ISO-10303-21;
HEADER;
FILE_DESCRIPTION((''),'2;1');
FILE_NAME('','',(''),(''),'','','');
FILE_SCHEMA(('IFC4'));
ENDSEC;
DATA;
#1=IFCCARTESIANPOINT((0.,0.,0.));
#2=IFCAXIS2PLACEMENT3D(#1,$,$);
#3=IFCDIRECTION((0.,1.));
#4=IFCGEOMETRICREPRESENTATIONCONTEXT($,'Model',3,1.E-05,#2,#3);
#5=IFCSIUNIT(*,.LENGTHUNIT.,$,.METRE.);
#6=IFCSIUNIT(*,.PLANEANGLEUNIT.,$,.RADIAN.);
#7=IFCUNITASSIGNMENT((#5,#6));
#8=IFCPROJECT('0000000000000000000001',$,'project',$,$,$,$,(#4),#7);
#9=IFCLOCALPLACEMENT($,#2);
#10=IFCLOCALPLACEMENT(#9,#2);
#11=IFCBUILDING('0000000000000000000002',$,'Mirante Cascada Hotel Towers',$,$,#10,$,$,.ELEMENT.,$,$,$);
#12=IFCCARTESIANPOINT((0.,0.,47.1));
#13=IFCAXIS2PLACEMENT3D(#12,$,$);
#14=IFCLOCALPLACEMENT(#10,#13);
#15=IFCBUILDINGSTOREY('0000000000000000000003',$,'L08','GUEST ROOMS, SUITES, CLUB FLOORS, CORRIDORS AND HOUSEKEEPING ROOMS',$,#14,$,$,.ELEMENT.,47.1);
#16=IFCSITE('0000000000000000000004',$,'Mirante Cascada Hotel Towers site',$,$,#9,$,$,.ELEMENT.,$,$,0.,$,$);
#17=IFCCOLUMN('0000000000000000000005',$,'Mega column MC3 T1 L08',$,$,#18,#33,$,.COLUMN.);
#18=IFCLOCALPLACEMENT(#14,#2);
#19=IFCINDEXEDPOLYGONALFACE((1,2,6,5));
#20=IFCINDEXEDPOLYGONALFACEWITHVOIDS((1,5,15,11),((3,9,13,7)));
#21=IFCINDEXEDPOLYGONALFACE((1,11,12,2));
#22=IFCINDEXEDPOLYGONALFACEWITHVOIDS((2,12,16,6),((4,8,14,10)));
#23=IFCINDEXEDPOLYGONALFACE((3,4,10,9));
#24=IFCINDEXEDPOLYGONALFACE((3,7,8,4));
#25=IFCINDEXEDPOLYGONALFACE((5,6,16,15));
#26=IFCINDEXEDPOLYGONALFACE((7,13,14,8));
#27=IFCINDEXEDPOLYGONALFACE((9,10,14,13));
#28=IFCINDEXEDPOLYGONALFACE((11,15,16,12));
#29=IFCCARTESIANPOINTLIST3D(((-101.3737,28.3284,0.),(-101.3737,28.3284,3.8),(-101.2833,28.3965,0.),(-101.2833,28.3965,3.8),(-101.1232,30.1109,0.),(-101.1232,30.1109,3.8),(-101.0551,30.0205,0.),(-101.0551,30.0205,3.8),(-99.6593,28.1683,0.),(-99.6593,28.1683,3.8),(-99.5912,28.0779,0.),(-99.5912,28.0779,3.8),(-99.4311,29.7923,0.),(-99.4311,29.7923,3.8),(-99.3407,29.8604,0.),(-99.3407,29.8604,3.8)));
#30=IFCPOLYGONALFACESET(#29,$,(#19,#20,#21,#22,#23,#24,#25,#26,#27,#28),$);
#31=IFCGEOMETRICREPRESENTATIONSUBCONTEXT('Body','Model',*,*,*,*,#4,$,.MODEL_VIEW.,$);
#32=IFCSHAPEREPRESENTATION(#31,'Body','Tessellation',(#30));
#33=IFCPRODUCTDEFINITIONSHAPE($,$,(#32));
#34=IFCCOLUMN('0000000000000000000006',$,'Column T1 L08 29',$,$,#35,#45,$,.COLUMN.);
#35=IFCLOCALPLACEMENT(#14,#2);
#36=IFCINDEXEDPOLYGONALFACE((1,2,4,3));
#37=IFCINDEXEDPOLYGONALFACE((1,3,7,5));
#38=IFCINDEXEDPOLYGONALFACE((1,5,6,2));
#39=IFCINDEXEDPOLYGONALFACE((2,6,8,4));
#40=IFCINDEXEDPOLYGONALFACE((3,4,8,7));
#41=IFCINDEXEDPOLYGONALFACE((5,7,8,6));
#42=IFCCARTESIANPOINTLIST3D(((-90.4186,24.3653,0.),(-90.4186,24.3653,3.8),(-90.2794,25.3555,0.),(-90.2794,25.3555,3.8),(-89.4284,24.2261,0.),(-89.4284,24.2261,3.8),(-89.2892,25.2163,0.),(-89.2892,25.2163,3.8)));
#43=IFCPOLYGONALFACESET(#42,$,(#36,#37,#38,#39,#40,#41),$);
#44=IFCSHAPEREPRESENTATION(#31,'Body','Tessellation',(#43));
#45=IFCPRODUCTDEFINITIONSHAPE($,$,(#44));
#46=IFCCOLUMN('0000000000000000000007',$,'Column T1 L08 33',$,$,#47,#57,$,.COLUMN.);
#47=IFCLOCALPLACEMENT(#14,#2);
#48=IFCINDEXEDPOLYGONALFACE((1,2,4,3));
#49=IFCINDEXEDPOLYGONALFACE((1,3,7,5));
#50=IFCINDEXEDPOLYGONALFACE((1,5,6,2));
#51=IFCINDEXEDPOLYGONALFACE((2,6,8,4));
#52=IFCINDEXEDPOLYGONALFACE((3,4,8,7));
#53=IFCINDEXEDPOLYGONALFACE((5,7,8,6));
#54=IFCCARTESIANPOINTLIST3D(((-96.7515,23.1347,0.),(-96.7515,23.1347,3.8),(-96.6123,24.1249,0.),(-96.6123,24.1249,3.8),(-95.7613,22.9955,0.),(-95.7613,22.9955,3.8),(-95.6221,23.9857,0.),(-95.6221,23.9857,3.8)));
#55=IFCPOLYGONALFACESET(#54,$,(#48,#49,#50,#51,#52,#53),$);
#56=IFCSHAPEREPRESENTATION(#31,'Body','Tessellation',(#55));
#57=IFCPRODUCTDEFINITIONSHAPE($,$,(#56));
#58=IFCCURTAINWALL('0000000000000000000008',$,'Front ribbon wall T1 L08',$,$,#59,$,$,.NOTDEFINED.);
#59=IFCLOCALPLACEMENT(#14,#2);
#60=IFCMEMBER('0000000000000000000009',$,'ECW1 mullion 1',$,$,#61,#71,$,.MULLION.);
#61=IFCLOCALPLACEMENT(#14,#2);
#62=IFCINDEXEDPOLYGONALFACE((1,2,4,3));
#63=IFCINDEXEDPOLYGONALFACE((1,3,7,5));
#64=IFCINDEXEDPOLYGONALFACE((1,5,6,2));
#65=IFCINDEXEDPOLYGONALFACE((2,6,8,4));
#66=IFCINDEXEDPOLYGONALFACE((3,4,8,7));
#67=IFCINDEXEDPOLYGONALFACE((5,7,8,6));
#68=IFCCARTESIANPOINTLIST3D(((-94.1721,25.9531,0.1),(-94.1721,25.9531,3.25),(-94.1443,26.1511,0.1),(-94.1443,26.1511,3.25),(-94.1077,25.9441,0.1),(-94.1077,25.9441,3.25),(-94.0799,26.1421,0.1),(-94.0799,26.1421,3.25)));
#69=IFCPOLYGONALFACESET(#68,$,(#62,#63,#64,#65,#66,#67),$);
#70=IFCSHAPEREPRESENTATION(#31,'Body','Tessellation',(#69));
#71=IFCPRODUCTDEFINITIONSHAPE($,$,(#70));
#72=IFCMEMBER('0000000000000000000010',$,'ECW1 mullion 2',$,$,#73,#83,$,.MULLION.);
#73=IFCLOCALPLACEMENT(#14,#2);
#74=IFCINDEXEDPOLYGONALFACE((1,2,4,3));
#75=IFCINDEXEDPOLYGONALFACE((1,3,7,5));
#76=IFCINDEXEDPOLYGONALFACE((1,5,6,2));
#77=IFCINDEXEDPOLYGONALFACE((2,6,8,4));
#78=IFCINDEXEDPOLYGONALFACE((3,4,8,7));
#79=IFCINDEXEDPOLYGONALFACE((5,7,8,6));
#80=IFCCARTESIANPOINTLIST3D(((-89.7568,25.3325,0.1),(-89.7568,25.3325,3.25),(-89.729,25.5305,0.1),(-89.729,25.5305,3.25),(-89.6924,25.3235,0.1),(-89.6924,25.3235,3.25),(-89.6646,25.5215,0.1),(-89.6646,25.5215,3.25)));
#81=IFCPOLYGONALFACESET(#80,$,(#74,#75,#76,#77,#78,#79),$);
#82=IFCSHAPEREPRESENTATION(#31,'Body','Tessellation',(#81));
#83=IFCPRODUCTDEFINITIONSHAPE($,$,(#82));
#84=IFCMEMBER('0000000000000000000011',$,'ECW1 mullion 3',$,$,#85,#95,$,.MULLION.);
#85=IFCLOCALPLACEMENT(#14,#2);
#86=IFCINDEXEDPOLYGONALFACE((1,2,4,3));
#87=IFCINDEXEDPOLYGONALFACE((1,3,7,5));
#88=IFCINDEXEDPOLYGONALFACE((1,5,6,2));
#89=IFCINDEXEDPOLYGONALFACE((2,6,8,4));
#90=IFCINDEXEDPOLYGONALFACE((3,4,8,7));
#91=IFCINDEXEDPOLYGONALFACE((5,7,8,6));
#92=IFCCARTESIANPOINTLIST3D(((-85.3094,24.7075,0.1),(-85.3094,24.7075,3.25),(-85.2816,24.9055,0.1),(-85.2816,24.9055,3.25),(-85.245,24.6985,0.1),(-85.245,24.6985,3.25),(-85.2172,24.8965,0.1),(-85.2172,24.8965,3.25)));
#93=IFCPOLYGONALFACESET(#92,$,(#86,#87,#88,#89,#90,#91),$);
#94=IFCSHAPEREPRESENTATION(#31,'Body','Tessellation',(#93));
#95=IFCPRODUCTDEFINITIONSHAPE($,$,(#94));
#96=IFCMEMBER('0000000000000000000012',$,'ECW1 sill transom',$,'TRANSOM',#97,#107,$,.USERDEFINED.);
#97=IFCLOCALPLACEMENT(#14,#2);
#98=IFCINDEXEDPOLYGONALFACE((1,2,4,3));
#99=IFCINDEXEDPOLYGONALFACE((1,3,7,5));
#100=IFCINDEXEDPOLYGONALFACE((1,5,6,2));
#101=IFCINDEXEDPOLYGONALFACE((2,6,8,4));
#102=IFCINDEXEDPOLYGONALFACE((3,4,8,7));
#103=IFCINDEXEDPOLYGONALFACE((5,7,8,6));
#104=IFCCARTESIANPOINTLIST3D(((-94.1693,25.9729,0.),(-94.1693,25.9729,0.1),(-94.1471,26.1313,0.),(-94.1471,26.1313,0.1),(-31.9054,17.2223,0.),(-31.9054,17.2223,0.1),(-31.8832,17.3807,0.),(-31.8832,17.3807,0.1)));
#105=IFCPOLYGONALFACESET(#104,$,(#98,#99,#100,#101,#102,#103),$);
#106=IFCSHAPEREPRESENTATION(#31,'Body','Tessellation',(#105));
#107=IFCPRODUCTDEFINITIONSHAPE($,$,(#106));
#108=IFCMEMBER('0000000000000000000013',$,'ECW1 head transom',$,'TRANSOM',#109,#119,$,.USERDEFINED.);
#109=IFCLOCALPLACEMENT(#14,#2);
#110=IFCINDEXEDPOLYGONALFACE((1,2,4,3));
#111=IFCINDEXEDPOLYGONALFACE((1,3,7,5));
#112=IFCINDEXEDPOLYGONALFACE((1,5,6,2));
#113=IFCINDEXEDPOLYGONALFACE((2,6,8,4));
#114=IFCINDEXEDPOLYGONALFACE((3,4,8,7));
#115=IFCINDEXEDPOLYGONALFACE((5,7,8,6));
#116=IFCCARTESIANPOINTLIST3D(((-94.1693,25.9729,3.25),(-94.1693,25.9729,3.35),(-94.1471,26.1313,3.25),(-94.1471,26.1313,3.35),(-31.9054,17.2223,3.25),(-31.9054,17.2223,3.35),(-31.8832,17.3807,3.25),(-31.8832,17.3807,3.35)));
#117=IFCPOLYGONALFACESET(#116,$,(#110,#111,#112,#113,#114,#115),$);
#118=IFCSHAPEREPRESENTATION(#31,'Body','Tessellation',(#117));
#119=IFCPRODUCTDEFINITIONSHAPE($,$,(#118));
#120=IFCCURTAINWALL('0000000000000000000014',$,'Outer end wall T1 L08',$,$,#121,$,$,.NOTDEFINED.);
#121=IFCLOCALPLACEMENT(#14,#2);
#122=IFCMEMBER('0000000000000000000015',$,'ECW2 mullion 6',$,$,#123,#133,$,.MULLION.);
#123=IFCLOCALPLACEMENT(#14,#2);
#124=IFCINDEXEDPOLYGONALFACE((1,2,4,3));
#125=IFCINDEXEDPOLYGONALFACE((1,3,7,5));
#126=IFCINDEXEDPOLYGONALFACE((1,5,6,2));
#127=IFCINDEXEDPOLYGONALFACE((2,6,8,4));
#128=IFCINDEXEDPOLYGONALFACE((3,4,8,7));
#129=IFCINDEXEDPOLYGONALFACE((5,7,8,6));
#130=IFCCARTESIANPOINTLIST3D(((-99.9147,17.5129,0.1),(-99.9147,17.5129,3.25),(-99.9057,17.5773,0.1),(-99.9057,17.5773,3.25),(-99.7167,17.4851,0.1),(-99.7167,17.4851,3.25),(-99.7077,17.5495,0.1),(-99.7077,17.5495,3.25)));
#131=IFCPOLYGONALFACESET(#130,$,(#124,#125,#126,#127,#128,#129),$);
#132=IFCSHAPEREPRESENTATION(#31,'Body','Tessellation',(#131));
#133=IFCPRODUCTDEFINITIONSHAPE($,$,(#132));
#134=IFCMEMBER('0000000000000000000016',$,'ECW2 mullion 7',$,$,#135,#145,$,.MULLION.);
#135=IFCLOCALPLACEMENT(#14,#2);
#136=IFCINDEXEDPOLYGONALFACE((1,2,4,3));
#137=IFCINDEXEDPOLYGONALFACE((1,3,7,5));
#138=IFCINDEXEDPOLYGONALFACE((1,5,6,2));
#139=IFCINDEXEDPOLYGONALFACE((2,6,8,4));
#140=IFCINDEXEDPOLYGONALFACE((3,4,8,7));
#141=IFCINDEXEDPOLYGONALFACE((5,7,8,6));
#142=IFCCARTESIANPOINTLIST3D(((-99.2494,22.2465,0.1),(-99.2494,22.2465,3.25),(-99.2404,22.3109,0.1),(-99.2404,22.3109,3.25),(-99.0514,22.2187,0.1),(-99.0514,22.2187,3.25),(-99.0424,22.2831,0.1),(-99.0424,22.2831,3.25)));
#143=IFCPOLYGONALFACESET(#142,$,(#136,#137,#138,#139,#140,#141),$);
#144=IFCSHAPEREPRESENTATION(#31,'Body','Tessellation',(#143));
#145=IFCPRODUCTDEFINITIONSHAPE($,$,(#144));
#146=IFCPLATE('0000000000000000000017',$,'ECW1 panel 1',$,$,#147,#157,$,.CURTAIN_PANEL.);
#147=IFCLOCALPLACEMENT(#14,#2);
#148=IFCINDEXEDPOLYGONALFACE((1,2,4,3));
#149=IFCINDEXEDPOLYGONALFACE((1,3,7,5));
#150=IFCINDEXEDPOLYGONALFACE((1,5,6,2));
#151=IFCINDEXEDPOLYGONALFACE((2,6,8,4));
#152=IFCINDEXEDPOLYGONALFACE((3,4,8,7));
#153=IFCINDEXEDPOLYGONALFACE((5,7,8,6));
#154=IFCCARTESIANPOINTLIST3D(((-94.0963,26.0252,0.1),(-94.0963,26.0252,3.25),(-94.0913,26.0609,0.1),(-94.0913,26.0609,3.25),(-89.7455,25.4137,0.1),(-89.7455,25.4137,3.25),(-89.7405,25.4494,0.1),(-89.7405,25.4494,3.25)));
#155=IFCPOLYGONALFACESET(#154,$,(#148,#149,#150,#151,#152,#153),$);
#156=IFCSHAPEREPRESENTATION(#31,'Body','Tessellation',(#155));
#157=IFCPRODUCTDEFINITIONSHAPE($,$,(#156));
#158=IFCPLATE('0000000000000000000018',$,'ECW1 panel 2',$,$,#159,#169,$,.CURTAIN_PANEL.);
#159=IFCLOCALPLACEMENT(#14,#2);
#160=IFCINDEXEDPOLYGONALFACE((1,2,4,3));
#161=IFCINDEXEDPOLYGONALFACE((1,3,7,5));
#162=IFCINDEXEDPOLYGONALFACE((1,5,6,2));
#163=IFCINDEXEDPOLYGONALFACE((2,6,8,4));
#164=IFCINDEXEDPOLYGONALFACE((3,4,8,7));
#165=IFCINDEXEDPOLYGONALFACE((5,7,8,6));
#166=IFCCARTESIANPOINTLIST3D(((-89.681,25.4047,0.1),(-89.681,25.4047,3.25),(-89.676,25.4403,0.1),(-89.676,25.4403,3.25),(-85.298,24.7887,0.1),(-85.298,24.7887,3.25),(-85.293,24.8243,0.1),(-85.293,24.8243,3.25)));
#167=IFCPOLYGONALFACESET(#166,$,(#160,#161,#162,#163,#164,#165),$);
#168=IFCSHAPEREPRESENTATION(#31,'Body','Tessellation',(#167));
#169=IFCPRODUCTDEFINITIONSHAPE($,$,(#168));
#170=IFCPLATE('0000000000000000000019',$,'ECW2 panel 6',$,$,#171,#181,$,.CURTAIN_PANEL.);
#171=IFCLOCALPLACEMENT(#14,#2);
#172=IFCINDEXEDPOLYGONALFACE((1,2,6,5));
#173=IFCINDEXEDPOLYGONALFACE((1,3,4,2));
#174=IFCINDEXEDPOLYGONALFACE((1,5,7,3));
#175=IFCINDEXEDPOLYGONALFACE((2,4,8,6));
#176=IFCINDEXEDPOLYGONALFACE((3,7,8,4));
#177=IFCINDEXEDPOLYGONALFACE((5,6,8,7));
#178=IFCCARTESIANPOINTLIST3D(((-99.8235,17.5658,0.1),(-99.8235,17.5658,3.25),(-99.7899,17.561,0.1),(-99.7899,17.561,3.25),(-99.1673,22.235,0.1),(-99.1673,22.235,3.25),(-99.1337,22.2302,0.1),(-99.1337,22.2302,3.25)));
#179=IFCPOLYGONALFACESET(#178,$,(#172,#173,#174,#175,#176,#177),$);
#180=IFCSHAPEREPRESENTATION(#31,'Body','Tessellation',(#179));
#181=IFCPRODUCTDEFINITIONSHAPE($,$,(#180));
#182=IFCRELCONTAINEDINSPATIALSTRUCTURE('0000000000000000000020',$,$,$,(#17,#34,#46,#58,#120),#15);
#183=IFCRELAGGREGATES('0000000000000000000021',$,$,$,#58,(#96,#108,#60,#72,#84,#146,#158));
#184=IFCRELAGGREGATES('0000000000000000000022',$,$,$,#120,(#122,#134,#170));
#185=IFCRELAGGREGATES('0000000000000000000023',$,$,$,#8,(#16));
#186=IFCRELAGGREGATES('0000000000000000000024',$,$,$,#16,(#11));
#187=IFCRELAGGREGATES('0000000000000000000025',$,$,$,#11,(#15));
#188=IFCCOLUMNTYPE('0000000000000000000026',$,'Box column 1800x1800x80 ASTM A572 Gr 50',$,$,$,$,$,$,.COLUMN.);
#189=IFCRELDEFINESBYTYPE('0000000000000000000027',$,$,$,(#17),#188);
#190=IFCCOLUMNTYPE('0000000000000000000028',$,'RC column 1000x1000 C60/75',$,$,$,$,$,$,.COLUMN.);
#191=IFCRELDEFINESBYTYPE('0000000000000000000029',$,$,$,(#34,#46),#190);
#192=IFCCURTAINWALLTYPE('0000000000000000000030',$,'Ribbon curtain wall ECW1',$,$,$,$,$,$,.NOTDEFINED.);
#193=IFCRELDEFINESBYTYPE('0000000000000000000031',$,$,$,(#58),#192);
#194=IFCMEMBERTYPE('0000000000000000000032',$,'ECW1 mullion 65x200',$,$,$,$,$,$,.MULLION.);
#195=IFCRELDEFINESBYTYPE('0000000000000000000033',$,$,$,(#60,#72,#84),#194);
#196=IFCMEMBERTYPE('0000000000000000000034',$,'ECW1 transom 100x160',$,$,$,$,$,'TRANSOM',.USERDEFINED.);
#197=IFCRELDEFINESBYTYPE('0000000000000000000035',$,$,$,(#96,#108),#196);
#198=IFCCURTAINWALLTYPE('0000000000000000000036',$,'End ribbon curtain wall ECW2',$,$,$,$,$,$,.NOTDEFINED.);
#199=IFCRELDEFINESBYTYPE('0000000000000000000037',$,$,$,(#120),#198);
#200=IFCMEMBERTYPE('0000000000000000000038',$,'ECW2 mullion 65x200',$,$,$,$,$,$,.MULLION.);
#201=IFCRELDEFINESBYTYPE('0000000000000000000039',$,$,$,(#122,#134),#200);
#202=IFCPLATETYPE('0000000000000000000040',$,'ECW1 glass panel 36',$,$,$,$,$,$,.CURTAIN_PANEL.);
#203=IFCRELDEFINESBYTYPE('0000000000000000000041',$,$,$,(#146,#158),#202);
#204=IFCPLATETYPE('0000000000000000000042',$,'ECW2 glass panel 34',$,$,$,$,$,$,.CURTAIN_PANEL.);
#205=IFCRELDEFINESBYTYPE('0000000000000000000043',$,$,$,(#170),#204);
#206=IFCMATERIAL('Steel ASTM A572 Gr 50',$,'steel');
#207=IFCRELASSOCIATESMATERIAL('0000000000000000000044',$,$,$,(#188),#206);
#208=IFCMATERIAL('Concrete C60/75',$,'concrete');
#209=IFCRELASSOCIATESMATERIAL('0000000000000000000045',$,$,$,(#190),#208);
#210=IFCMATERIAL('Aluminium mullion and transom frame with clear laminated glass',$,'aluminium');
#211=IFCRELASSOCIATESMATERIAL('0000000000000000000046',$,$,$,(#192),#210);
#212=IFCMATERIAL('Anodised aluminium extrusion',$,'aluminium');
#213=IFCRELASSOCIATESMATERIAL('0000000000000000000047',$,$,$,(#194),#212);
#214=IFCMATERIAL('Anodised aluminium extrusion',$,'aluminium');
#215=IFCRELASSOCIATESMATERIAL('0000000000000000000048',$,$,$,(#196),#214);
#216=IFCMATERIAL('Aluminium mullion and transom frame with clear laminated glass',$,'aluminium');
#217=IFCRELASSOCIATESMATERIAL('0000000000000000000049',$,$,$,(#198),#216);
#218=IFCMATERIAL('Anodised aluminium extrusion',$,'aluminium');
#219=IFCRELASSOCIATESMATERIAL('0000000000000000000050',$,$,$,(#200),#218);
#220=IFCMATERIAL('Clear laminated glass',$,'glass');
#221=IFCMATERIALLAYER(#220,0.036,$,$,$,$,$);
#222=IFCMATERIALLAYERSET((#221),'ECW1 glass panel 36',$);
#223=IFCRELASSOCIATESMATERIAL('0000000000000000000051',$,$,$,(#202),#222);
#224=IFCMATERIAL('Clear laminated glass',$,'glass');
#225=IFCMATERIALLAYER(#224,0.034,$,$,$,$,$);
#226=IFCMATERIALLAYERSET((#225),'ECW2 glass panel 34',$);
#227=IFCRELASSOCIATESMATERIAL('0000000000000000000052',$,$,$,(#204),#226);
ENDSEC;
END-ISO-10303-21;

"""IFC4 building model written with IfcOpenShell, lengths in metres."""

from ifc_helpers import new_model, si_unit, direction, frame, origin, origin_2d, place, context, subcontext, project, spatial, rectangle, hollow_rectangle, extrude, material, layer, layer_set, material_profile, profile_set, type_object, element, aggregate, save


model = new_model("IFC4")

# Units and contexts
model_context = context("Model", 3, precision=1e-05, world=origin(), true_north=direction((0.0, 1.0)))
body_context = subcontext(model_context, "Body", "Model", "MODEL_VIEW")
ifc_project = project(units=[si_unit("LENGTHUNIT", "METRE"), si_unit("PLANEANGLEUNIT", "RADIAN")], contexts=[model_context])

# Site, building, storey
site_placement = place(None, origin())
site = spatial("IfcSite", under=ifc_project, at=site_placement, Name="Mirante Cascada Hotel Towers site", CompositionType="ELEMENT", RefElevation=0.0)
building_placement = place(site_placement, origin())
building = spatial("IfcBuilding", under=site, at=building_placement, Name="Mirante Cascada Hotel Towers", CompositionType="ELEMENT")
storey_placement = place(building_placement, frame((0.0, 0.0, 47.1)))
storey = spatial("IfcBuildingStorey", under=building, at=storey_placement, Name="L08", Description="GUEST ROOMS, SUITES, CLUB FLOORS, CORRIDORS AND HOUSEKEEPING ROOMS", CompositionType="ELEMENT", Elevation=47.1)

# Columns
ifc_material_1 = material(Name="Steel ASTM A572 Gr 50", Category="steel")
ifc_material_profile_1 = material_profile(ifc_material_1, hollow_rectangle(XDim=1.8, YDim=1.8, WallThickness=0.08, at=origin_2d()), Name="Box column 1800x1800x80 ASTM A572 Gr 50")
ifc_profile_set_1 = profile_set([ifc_material_profile_1], Name="Steel ASTM A572 Gr 50")
column_type_1 = type_object("IfcColumnType", Name="Box column 1800x1800x80 ASTM A572 Gr 50", PredefinedType="COLUMN", material=ifc_profile_set_1)
column_placement = place(storey_placement, frame((-100.3572, 29.0944, 0.0), z_axis=(0.0, 0.0, 1.0), x_axis=(-0.990268, 0.139173, 0.0)))
element("IfcColumn", 1, at=column_placement, inside=storey, type_object=column_type_1, Name="Mega column MC3 T1 L08", PredefinedType="COLUMN", context=body_context, shape_type="SweptSolid", body=[
    extrude(hollow_rectangle(XDim=1.8, YDim=1.8, WallThickness=0.08, at=origin_2d()), origin(), (0.0, 0.0, 1.0), 3.8),
])
ifc_material_2 = material(Name="Concrete C60/75", Category="concrete")
ifc_material_profile_2 = material_profile(ifc_material_2, rectangle(XDim=1.0, YDim=1.0, at=origin_2d()), Name="RC column 1000x1000 C60/75")
ifc_profile_set_2 = profile_set([ifc_material_profile_2], Name="Concrete C60/75")
column_type_2 = type_object("IfcColumnType", Name="RC column 1000x1000 C60/75", PredefinedType="COLUMN", material=ifc_profile_set_2)
for number, where, z_axis, x_axis, name in (
    (2, (-89.8539, 24.7908, 0.0), (0.0, 0.0, 1.0), (-0.990268, 0.139173, 0.0), "Column T1 L08 29"),
    (3, (-96.1868, 23.5602, 0.0), (0.0, 0.0, 1.0), (-0.990268, 0.139173, 0.0), "Column T1 L08 33"),
):
    element("IfcColumn", number, at=place(storey_placement, frame(where, z_axis=z_axis, x_axis=x_axis)), inside=storey, type_object=column_type_2, Name=name, PredefinedType="COLUMN", context=body_context, shape_type="SweptSolid", body=[
        extrude(rectangle(XDim=1.0, YDim=1.0, at=origin_2d()), origin(), (0.0, 0.0, 1.0), 3.8),
    ])

# Curtain walls, members
ifc_material_3 = material(Name="Aluminium mullion and transom frame with clear laminated glass", Category="aluminium")
curtain_wall_type_1 = type_object("IfcCurtainWallType", Name="Ribbon curtain wall ECW1", PredefinedType="NOTDEFINED", material=ifc_material_3)
curtain_wall_1_placement = place(storey_placement, origin())
curtain_wall_1 = element("IfcCurtainWall", 4, at=curtain_wall_1_placement, inside=storey, type_object=curtain_wall_type_1, Name="Front ribbon wall T1 L08", PredefinedType="NOTDEFINED")
ifc_material_4 = material(Name="Anodised aluminium extrusion", Category="aluminium")
ifc_material_profile_3 = material_profile(ifc_material_4, rectangle(XDim=0.2, YDim=0.065, at=origin_2d()), Name="ECW1 MULLION 65x200")
ifc_profile_set_3 = profile_set([ifc_material_profile_3], Name="Anodised aluminium extrusion")
member_type_1 = type_object("IfcMemberType", Name="ECW1 mullion 65x200", PredefinedType="MULLION", material=ifc_profile_set_3)
member_1_placement = place(storey_placement, frame((-94.126, 26.0476, 0.1), z_axis=(0.0, 0.0, 1.0), x_axis=(0.139173, 0.990268, 0.0)))
member_1 = element("IfcMember", 5, at=member_1_placement, type_object=member_type_1, Name="ECW1 mullion 1", PredefinedType="MULLION", context=body_context, shape_type="SweptSolid", body=[
    extrude(rectangle(XDim=0.2, YDim=0.065, at=origin_2d()), origin(), (0.0, 0.0, 1.0), 3.15),
])
member_2_placement = place(storey_placement, frame((-89.7107, 25.427, 0.1), z_axis=(0.0, 0.0, 1.0), x_axis=(0.139173, 0.990268, 0.0)))
member_2 = element("IfcMember", 6, at=member_2_placement, type_object=member_type_1, Name="ECW1 mullion 2", PredefinedType="MULLION", context=body_context, shape_type="SweptSolid", body=[
    extrude(rectangle(XDim=0.2, YDim=0.065, at=origin_2d()), origin(), (0.0, 0.0, 1.0), 3.15),
])
member_3_placement = place(storey_placement, frame((-85.2633, 24.802, 0.1), z_axis=(0.0, 0.0, 1.0), x_axis=(0.139173, 0.990268, 0.0)))
member_3 = element("IfcMember", 7, at=member_3_placement, type_object=member_type_1, Name="ECW1 mullion 3", PredefinedType="MULLION", context=body_context, shape_type="SweptSolid", body=[
    extrude(rectangle(XDim=0.2, YDim=0.065, at=origin_2d()), origin(), (0.0, 0.0, 1.0), 3.15),
])
ifc_material_5 = material(Name="Anodised aluminium extrusion", Category="aluminium")
ifc_material_profile_4 = material_profile(ifc_material_5, rectangle(XDim=0.16, YDim=0.1, at=origin_2d()), Name="ECW1 TRANSOM 100x160")
ifc_profile_set_4 = profile_set([ifc_material_profile_4], Name="Anodised aluminium extrusion")
member_type_2 = type_object("IfcMemberType", Name="ECW1 transom 100x160", ElementType="TRANSOM", PredefinedType="USERDEFINED", material=ifc_profile_set_4)
member_4_placement = place(storey_placement, frame((-94.1582, 26.0521, 0.05), z_axis=(0.990268, -0.139173, 0.0), x_axis=(0.139173, 0.990268, 0.0)))
member_4 = element("IfcMember", 8, at=member_4_placement, type_object=member_type_2, Name="ECW1 sill transom", ObjectType="TRANSOM", PredefinedType="USERDEFINED", context=body_context, shape_type="SweptSolid", body=[
    extrude(rectangle(XDim=0.16, YDim=0.1, at=origin_2d()), origin(), (0.0, 0.0, 1.0), 62.8758),
])
member_5_placement = place(storey_placement, frame((-94.1582, 26.0521, 3.3), z_axis=(0.990268, -0.139173, 0.0), x_axis=(0.139173, 0.990268, 0.0)))
member_5 = element("IfcMember", 9, at=member_5_placement, type_object=member_type_2, Name="ECW1 head transom", ObjectType="TRANSOM", PredefinedType="USERDEFINED", context=body_context, shape_type="SweptSolid", body=[
    extrude(rectangle(XDim=0.16, YDim=0.1, at=origin_2d()), origin(), (0.0, 0.0, 1.0), 62.8758),
])
ifc_material_6 = material(Name="Aluminium mullion and transom frame with clear laminated glass", Category="aluminium")
curtain_wall_type_2 = type_object("IfcCurtainWallType", Name="End ribbon curtain wall ECW2", PredefinedType="NOTDEFINED", material=ifc_material_6)
curtain_wall_2_placement = place(storey_placement, origin())
curtain_wall_2 = element("IfcCurtainWall", 10, at=curtain_wall_2_placement, inside=storey, type_object=curtain_wall_type_2, Name="Outer end wall T1 L08", PredefinedType="NOTDEFINED")
ifc_material_7 = material(Name="Anodised aluminium extrusion", Category="aluminium")
ifc_material_profile_5 = material_profile(ifc_material_7, rectangle(XDim=0.2, YDim=0.065, at=origin_2d()), Name="ECW2 MULLION 65x200")
ifc_profile_set_5 = profile_set([ifc_material_profile_5], Name="Anodised aluminium extrusion")
member_type_3 = type_object("IfcMemberType", Name="ECW2 mullion 65x200", PredefinedType="MULLION", material=ifc_profile_set_5)
member_6_placement = place(storey_placement, frame((-99.8112, 17.5312, 0.1), z_axis=(0.0, 0.0, 1.0), x_axis=(-0.990268, 0.139173, 0.0)))
member_6 = element("IfcMember", 11, at=member_6_placement, type_object=member_type_3, Name="ECW2 mullion 6", PredefinedType="MULLION", context=body_context, shape_type="SweptSolid", body=[
    extrude(rectangle(XDim=0.2, YDim=0.065, at=origin_2d()), origin(), (0.0, 0.0, 1.0), 3.15),
])
member_7_placement = place(storey_placement, frame((-99.1459, 22.2648, 0.1), z_axis=(0.0, 0.0, 1.0), x_axis=(-0.990268, 0.139173, 0.0)))
member_7 = element("IfcMember", 12, at=member_7_placement, type_object=member_type_3, Name="ECW2 mullion 7", PredefinedType="MULLION", context=body_context, shape_type="SweptSolid", body=[
    extrude(rectangle(XDim=0.2, YDim=0.065, at=origin_2d()), origin(), (0.0, 0.0, 1.0), 3.15),
])

# Plates
ifc_material_8 = material(Name="Clear laminated glass", Category="glass")
ifc_layer_1 = layer(ifc_material_8, 0.036)
ifc_layer_set_1 = layer_set([ifc_layer_1], Name="ECW1 glass panel 36")
plate_type_1 = type_object("IfcPlateType", Name="ECW1 glass panel 36", PredefinedType="CURTAIN_PANEL", material=ifc_layer_set_1)
plate_1_placement = place(storey_placement, frame((-91.9184, 25.7373, 0.1), z_axis=(0.0, 0.0, 1.0), x_axis=(0.990268, -0.139173, 0.0)))
plate_1 = element("IfcPlate", 13, at=plate_1_placement, type_object=plate_type_1, Name="ECW1 panel 1", PredefinedType="CURTAIN_PANEL", context=body_context, shape_type="SweptSolid", body=[
    extrude(rectangle(XDim=4.3936, YDim=0.036, at=origin_2d()), origin(), (0.0, 0.0, 1.0), 3.15),
])
plate_2_placement = place(storey_placement, frame((-87.487, 25.1145, 0.1), z_axis=(0.0, 0.0, 1.0), x_axis=(0.990268, -0.139173, 0.0)))
plate_2 = element("IfcPlate", 14, at=plate_2_placement, type_object=plate_type_1, Name="ECW1 panel 2", PredefinedType="CURTAIN_PANEL", context=body_context, shape_type="SweptSolid", body=[
    extrude(rectangle(XDim=4.4261, YDim=0.036, at=origin_2d()), origin(), (0.0, 0.0, 1.0), 3.15),
])
aggregate(curtain_wall_1, [member_4, member_5, member_1, member_2, member_3, plate_1, plate_2])
ifc_material_9 = material(Name="Clear laminated glass", Category="glass")
ifc_layer_2 = layer(ifc_material_9, 0.034)
ifc_layer_set_2 = layer_set([ifc_layer_2], Name="ECW2 glass panel 34")
plate_type_2 = type_object("IfcPlateType", Name="ECW2 glass panel 34", PredefinedType="CURTAIN_PANEL", material=ifc_layer_set_2)
plate_3_placement = place(storey_placement, frame((-99.4786, 19.898, 0.1), z_axis=(0.0, 0.0, 1.0), x_axis=(0.139173, 0.990268, 0.0)))
plate_3 = element("IfcPlate", 15, at=plate_3_placement, type_object=plate_type_2, Name="ECW2 panel 6", PredefinedType="CURTAIN_PANEL", context=body_context, shape_type="SweptSolid", body=[
    extrude(rectangle(XDim=4.7151, YDim=0.034, at=origin_2d()), origin(), (0.0, 0.0, 1.0), 3.15),
])
aggregate(curtain_wall_2, [member_6, member_7, plate_3])

save(model, "model.ifc")
